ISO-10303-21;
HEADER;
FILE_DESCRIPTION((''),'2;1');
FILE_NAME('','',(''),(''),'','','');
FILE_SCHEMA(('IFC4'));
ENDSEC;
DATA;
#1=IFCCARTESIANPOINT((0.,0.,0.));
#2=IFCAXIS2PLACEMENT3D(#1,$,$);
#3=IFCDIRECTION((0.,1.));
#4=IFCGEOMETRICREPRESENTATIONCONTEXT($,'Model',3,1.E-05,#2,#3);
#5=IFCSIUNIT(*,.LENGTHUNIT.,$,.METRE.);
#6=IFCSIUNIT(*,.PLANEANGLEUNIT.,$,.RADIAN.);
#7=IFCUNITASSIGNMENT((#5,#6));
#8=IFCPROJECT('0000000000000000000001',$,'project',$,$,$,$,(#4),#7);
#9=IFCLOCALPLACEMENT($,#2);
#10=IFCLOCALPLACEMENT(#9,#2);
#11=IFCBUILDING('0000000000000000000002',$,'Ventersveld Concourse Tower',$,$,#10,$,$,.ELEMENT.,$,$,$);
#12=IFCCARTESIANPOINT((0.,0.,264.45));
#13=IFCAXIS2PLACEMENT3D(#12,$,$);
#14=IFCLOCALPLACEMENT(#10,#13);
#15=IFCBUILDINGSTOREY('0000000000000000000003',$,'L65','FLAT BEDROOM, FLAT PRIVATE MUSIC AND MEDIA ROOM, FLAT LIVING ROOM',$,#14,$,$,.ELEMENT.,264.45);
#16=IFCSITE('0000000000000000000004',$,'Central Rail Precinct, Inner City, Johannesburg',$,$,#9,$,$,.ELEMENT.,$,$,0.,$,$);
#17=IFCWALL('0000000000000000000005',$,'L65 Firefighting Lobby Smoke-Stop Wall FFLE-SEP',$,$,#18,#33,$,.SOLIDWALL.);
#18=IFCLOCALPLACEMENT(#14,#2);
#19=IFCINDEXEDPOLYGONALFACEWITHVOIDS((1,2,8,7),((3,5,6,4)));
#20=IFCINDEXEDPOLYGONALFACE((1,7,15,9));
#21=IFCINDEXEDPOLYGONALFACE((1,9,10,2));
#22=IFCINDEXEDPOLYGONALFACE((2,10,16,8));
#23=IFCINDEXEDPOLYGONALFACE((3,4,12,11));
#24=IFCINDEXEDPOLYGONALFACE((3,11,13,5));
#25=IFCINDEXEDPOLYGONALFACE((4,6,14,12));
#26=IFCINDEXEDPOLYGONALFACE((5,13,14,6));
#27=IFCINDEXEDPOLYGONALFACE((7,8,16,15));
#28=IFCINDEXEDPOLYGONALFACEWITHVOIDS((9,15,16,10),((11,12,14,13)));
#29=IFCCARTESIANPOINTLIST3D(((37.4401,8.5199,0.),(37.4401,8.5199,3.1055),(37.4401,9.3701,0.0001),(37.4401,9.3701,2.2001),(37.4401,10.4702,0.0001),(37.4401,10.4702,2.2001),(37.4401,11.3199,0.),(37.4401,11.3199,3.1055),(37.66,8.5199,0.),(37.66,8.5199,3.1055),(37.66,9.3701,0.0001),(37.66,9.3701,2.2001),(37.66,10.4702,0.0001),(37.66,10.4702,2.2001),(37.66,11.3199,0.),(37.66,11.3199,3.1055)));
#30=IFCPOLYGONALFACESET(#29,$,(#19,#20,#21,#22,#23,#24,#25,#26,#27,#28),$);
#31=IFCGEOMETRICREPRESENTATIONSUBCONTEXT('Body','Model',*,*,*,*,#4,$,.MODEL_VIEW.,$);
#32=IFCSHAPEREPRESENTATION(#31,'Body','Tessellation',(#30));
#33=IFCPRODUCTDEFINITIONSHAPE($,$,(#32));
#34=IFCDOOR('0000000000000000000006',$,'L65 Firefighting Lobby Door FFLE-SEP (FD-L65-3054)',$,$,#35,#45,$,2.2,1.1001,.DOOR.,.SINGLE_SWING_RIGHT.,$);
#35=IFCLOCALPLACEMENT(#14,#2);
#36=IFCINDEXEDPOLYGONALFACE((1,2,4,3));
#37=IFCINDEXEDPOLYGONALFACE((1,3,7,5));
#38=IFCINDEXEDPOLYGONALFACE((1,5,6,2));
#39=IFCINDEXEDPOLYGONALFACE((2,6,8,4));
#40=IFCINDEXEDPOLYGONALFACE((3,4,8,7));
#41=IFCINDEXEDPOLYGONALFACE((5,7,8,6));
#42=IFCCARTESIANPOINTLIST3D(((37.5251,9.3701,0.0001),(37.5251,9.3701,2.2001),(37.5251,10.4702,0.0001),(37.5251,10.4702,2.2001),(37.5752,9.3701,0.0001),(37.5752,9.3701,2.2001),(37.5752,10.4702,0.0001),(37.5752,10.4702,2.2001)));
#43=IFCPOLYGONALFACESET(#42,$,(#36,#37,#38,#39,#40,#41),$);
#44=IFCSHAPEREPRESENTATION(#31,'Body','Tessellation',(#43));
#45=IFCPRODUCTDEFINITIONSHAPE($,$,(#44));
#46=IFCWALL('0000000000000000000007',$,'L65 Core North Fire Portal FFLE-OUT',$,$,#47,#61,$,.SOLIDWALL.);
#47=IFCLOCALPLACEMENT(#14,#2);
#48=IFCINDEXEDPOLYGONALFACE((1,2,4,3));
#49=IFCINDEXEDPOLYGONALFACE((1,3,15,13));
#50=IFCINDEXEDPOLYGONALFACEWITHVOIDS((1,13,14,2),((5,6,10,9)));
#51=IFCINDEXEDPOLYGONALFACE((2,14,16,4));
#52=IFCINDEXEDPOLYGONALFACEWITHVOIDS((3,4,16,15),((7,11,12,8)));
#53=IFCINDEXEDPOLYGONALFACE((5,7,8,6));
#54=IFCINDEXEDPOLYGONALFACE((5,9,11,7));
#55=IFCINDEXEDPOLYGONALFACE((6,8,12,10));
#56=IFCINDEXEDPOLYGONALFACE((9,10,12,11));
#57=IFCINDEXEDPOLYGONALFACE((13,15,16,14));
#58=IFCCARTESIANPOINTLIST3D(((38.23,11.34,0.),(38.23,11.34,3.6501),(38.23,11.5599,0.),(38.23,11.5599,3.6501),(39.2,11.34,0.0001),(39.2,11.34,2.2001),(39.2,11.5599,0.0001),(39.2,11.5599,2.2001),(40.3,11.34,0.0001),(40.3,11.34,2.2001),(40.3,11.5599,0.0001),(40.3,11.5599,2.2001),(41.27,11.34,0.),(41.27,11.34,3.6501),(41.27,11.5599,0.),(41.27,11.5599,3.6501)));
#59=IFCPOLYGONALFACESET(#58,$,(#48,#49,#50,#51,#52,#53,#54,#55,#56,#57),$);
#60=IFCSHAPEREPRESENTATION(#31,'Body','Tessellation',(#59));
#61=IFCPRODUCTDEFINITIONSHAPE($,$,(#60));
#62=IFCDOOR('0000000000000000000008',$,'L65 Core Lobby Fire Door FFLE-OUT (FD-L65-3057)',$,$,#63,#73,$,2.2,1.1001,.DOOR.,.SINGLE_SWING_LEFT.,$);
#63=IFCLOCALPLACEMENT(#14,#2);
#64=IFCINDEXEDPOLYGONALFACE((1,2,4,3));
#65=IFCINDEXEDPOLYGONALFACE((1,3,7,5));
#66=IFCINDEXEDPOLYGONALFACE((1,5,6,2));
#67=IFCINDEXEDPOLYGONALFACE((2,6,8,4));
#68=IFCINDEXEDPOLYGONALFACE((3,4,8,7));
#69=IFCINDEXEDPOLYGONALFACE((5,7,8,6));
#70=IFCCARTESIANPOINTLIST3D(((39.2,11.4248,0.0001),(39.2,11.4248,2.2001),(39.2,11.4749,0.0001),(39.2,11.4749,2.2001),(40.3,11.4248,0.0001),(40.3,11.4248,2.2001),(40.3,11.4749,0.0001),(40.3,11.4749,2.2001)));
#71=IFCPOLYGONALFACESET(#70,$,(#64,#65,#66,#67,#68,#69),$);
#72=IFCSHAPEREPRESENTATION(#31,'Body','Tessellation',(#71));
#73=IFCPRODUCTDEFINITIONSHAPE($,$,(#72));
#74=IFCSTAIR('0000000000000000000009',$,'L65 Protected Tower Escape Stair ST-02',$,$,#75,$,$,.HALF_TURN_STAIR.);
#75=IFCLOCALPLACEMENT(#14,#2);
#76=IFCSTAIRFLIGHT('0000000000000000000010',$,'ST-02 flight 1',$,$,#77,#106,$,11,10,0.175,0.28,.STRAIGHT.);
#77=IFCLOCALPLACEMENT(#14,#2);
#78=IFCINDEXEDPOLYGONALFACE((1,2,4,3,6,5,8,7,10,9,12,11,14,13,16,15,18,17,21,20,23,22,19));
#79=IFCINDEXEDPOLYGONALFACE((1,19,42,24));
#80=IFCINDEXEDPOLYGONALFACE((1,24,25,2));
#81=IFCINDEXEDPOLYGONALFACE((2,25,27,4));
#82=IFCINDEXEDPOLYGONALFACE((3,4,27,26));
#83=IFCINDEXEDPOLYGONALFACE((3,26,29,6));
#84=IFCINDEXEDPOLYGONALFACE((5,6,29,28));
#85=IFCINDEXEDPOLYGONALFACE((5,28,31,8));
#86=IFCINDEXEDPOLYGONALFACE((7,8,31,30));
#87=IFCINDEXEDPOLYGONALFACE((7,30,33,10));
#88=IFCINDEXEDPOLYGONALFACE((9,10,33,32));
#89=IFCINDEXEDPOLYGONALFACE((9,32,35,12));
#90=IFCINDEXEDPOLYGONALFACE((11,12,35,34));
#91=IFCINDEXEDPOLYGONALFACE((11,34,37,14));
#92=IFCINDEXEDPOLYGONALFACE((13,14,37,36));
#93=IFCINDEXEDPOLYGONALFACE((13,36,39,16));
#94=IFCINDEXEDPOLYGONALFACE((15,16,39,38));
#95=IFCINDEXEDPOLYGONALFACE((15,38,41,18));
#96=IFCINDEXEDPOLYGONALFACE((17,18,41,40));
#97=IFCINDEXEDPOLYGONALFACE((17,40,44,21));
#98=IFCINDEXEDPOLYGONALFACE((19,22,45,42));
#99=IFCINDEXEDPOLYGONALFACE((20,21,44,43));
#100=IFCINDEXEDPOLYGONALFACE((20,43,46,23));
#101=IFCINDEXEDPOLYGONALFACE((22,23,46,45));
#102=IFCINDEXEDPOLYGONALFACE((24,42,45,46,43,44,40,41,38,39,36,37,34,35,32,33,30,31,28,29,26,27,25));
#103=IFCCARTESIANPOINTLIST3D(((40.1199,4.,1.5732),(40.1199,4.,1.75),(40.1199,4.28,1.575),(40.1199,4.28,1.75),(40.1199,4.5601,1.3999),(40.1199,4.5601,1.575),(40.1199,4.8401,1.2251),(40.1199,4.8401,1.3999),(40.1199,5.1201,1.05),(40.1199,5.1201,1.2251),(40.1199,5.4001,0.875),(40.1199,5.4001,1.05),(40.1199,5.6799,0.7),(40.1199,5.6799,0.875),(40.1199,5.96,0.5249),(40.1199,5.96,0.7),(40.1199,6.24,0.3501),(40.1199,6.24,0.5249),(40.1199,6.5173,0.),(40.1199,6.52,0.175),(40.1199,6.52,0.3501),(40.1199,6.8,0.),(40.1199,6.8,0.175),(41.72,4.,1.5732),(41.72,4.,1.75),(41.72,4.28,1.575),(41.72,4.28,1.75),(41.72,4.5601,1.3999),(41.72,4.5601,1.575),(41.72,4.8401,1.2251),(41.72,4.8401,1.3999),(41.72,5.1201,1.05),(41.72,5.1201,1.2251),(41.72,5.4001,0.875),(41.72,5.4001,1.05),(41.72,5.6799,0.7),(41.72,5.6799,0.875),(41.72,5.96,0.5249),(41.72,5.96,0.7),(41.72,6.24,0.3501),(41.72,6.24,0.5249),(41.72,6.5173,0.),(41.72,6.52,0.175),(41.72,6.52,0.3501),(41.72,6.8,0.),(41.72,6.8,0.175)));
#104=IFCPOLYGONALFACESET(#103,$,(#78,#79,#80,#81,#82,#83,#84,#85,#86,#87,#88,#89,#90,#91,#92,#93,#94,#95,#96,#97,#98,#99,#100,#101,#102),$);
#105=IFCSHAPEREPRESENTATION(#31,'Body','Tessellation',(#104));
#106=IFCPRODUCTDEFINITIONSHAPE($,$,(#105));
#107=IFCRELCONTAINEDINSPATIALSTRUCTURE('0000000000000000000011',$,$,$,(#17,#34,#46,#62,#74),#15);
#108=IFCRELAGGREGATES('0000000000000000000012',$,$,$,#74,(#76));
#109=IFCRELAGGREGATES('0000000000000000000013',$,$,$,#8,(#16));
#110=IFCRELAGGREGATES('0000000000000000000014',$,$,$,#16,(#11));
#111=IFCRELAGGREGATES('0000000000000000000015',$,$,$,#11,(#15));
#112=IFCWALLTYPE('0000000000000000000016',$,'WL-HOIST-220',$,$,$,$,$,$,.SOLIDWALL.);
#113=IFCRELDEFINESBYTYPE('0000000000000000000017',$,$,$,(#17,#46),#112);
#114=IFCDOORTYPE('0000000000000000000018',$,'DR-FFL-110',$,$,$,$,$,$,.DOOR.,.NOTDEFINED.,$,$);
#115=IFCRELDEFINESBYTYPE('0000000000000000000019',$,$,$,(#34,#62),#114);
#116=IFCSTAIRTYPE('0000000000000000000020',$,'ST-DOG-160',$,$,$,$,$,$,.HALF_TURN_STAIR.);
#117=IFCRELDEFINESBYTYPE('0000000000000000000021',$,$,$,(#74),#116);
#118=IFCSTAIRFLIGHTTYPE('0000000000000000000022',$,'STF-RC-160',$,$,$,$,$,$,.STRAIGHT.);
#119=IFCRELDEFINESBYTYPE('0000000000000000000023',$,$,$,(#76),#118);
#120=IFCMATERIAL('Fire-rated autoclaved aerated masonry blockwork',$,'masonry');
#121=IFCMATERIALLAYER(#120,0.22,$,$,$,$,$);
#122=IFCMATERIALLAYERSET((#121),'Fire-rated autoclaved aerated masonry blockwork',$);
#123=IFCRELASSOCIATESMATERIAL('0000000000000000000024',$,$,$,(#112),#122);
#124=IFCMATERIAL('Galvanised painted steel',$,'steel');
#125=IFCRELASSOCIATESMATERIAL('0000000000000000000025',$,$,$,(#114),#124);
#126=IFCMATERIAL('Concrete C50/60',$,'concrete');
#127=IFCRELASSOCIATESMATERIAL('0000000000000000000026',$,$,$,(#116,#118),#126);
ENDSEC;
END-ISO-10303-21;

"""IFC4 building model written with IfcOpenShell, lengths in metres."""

from ifc_helpers import new_model, si_unit, direction, frame, frame_2d, origin, place, context, subcontext, project, spatial, polyline, rectangle, outline, extrude, material, layer, layer_set, type_object, element, fill, aggregate, save


model = new_model("IFC4")

# Units and contexts
model_context = context("Model", 3, precision=1e-05, world=origin(), true_north=direction((0.0, 1.0)))
body_context = subcontext(model_context, "Body", "Model", "MODEL_VIEW")
ifc_project = project(units=[si_unit("LENGTHUNIT", "METRE"), si_unit("PLANEANGLEUNIT", "RADIAN")], contexts=[model_context])

# Site, building, storey
site_placement = place(None, origin())
site = spatial("IfcSite", under=ifc_project, at=site_placement, Name="Central Rail Precinct, Inner City, Johannesburg", CompositionType="ELEMENT", RefElevation=0.0)
building_placement = place(site_placement, origin())
building = spatial("IfcBuilding", under=site, at=building_placement, Name="Ventersveld Concourse Tower", CompositionType="ELEMENT")
storey_placement = place(building_placement, frame((0.0, 0.0, 264.45)))
storey = spatial("IfcBuildingStorey", under=building, at=storey_placement, Name="L65", Description="FLAT BEDROOM, FLAT PRIVATE MUSIC AND MEDIA ROOM, FLAT LIVING ROOM", CompositionType="ELEMENT", Elevation=264.45)

# Shared definitions
ifc_material_1 = material(Name="Concrete C50/60", Category="concrete")

# Shared definitions
ifc_material_2 = material(Name="Fire-rated autoclaved aerated masonry blockwork", Category="masonry")
ifc_layer_1 = layer(ifc_material_2, 0.22)
ifc_layer_set_1 = layer_set([ifc_layer_1], Name="Fire-rated autoclaved aerated masonry blockwork")
wall_type_1 = type_object("IfcWallType", Name="WL-HOIST-220", PredefinedType="SOLIDWALL", material=ifc_layer_set_1)

# Walls, openings, doors
ifc_material_3 = material(Name="Galvanised painted steel", Category="steel")
wall_1_placement = place(storey_placement, frame((37.55, 8.52, 0.0), z_axis=(0.0, 0.0, 1.0), x_axis=(0.0, 1.0, 0.0)))
wall_1 = element("IfcWall", 1, at=wall_1_placement, inside=storey, type_object=wall_type_1, Name="L65 Firefighting Lobby Smoke-Stop Wall FFLE-SEP", PredefinedType="SOLIDWALL", context=body_context, shape_type="SweptSolid", body=[
    extrude(rectangle(XDim=2.8, YDim=0.22, at=frame_2d((1.3999, 0.0))), origin(), (0.0, 0.0, 1.0), 3.1055),
])
opening_1_placement = place(wall_1_placement, frame((0.8501, 0.0, 0.0)))
opening_1 = element("IfcOpeningElement", 2, at=opening_1_placement, cuts=wall_1, PredefinedType="OPENING", context=body_context, shape_type="SweptSolid", body=[
    extrude(rectangle(XDim=1.1001, YDim=2.2, at=frame_2d((0.55, 1.1001))), frame((0.0, 0.1201, 0.0), z_axis=(0.0, -1.0, 0.0), x_axis=(1.0, 0.0, 0.0)), (0.0, 0.0, 1.0), 0.24),
])
door_type_1 = type_object("IfcDoorType", Name="DR-FFL-110", OperationType="NOTDEFINED", PredefinedType="DOOR", material=ifc_material_3)
door_1_placement = place(opening_1_placement, origin())
door_1 = element("IfcDoor", 3, at=door_1_placement, inside=storey, type_object=door_type_1, Name="L65 Firefighting Lobby Door FFLE-SEP (FD-L65-3054)", OperationType="SINGLE_SWING_RIGHT", OverallHeight=2.2, OverallWidth=1.1001, PredefinedType="DOOR", context=body_context, shape_type="SweptSolid", body=[
    extrude(rectangle(XDim=1.1001, YDim=2.2, at=frame_2d((0.55, 1.1001))), frame((0.0, 0.0249, 0.0), z_axis=(0.0, -1.0, 0.0), x_axis=(1.0, 0.0, 0.0)), (0.0, 0.0, 1.0), 0.05),
])
fill(opening_1, door_1)
wall_2_placement = place(storey_placement, frame((38.23, 11.45, 0.0), z_axis=(0.0, 0.0, 1.0), x_axis=(1.0, 0.0, 0.0)))
wall_2 = element("IfcWall", 4, at=wall_2_placement, inside=storey, type_object=wall_type_1, Name="L65 Core North Fire Portal FFLE-OUT", PredefinedType="SOLIDWALL", context=body_context, shape_type="SweptSolid", body=[
    extrude(rectangle(XDim=3.04, YDim=0.22, at=frame_2d((1.52, 0.0))), origin(), (0.0, 0.0, 1.0), 3.6501),
])
opening_2_placement = place(wall_2_placement, frame((0.97, 0.0, 0.0)))
opening_2 = element("IfcOpeningElement", 5, at=opening_2_placement, cuts=wall_2, PredefinedType="OPENING", context=body_context, shape_type="SweptSolid", body=[
    extrude(rectangle(XDim=1.1001, YDim=2.2, at=frame_2d((0.55, 1.1001))), frame((0.0, 0.1201, 0.0), z_axis=(0.0, -1.0, 0.0), x_axis=(1.0, 0.0, 0.0)), (0.0, 0.0, 1.0), 0.24),
])
door_2_placement = place(opening_2_placement, origin())
door_2 = element("IfcDoor", 6, at=door_2_placement, inside=storey, type_object=door_type_1, Name="L65 Core Lobby Fire Door FFLE-OUT (FD-L65-3057)", OperationType="SINGLE_SWING_LEFT", OverallHeight=2.2, OverallWidth=1.1001, PredefinedType="DOOR", context=body_context, shape_type="SweptSolid", body=[
    extrude(rectangle(XDim=1.1001, YDim=2.2, at=frame_2d((0.55, 1.1001))), frame((0.0, 0.0249, 0.0), z_axis=(0.0, -1.0, 0.0), x_axis=(1.0, 0.0, 0.0)), (0.0, 0.0, 1.0), 0.05),
])
fill(opening_2, door_2)

# Stair, stair flight
stair_type = type_object("IfcStairType", Name="ST-DOG-160", PredefinedType="HALF_TURN_STAIR", material=ifc_material_1)
stair_placement = place(storey_placement, origin())
stair = element("IfcStair", 7, at=stair_placement, inside=storey, type_object=stair_type, Name="L65 Protected Tower Escape Stair ST-02", PredefinedType="HALF_TURN_STAIR")
stair_flight_type = type_object("IfcStairFlightType", Name="STF-RC-160", PredefinedType="STRAIGHT", material=ifc_material_1)
stair_flight_placement = place(storey_placement, frame((40.9199, 6.8, 0.0), z_axis=(0.0, 0.0, 1.0), x_axis=(0.0, -1.0, 0.0)))
stair_flight = element("IfcStairFlight", 8, at=stair_flight_placement, type_object=stair_flight_type, Name="ST-02 flight 1", NumberOfRisers=11, NumberOfTreads=10, PredefinedType="STRAIGHT", RiserHeight=0.175, TreadLength=0.28, context=body_context, shape_type="SweptSolid", body=[
    extrude(outline(polyline([(0.0, 0.0), (0.0, 0.175), (0.28, 0.175), (0.28, 0.3501), (0.5601, 0.3501), (0.5601, 0.5249), (0.8401, 0.5249), (0.8401, 0.7), (1.1201, 0.7), (1.1201, 0.875), (1.3999, 0.875), (1.3999, 1.05), (1.6799, 1.05), (1.6799, 1.2251), (1.96, 1.2251), (1.96, 1.3999), (2.24, 1.3999), (2.24, 1.575), (2.52, 1.575), (2.52, 1.75), (2.8, 1.75), (2.8, 1.925), (2.8, 1.5732), (0.2827, 0.0), (0.0, 0.0)])), frame((0.0, 0.8, 0.0), z_axis=(0.0, -1.0, 0.0), x_axis=(1.0, 0.0, 0.0)), (0.0, 0.0, 1.0), 1.6001),
])
aggregate(stair, [stair_flight])

save(model, "model.ifc")
